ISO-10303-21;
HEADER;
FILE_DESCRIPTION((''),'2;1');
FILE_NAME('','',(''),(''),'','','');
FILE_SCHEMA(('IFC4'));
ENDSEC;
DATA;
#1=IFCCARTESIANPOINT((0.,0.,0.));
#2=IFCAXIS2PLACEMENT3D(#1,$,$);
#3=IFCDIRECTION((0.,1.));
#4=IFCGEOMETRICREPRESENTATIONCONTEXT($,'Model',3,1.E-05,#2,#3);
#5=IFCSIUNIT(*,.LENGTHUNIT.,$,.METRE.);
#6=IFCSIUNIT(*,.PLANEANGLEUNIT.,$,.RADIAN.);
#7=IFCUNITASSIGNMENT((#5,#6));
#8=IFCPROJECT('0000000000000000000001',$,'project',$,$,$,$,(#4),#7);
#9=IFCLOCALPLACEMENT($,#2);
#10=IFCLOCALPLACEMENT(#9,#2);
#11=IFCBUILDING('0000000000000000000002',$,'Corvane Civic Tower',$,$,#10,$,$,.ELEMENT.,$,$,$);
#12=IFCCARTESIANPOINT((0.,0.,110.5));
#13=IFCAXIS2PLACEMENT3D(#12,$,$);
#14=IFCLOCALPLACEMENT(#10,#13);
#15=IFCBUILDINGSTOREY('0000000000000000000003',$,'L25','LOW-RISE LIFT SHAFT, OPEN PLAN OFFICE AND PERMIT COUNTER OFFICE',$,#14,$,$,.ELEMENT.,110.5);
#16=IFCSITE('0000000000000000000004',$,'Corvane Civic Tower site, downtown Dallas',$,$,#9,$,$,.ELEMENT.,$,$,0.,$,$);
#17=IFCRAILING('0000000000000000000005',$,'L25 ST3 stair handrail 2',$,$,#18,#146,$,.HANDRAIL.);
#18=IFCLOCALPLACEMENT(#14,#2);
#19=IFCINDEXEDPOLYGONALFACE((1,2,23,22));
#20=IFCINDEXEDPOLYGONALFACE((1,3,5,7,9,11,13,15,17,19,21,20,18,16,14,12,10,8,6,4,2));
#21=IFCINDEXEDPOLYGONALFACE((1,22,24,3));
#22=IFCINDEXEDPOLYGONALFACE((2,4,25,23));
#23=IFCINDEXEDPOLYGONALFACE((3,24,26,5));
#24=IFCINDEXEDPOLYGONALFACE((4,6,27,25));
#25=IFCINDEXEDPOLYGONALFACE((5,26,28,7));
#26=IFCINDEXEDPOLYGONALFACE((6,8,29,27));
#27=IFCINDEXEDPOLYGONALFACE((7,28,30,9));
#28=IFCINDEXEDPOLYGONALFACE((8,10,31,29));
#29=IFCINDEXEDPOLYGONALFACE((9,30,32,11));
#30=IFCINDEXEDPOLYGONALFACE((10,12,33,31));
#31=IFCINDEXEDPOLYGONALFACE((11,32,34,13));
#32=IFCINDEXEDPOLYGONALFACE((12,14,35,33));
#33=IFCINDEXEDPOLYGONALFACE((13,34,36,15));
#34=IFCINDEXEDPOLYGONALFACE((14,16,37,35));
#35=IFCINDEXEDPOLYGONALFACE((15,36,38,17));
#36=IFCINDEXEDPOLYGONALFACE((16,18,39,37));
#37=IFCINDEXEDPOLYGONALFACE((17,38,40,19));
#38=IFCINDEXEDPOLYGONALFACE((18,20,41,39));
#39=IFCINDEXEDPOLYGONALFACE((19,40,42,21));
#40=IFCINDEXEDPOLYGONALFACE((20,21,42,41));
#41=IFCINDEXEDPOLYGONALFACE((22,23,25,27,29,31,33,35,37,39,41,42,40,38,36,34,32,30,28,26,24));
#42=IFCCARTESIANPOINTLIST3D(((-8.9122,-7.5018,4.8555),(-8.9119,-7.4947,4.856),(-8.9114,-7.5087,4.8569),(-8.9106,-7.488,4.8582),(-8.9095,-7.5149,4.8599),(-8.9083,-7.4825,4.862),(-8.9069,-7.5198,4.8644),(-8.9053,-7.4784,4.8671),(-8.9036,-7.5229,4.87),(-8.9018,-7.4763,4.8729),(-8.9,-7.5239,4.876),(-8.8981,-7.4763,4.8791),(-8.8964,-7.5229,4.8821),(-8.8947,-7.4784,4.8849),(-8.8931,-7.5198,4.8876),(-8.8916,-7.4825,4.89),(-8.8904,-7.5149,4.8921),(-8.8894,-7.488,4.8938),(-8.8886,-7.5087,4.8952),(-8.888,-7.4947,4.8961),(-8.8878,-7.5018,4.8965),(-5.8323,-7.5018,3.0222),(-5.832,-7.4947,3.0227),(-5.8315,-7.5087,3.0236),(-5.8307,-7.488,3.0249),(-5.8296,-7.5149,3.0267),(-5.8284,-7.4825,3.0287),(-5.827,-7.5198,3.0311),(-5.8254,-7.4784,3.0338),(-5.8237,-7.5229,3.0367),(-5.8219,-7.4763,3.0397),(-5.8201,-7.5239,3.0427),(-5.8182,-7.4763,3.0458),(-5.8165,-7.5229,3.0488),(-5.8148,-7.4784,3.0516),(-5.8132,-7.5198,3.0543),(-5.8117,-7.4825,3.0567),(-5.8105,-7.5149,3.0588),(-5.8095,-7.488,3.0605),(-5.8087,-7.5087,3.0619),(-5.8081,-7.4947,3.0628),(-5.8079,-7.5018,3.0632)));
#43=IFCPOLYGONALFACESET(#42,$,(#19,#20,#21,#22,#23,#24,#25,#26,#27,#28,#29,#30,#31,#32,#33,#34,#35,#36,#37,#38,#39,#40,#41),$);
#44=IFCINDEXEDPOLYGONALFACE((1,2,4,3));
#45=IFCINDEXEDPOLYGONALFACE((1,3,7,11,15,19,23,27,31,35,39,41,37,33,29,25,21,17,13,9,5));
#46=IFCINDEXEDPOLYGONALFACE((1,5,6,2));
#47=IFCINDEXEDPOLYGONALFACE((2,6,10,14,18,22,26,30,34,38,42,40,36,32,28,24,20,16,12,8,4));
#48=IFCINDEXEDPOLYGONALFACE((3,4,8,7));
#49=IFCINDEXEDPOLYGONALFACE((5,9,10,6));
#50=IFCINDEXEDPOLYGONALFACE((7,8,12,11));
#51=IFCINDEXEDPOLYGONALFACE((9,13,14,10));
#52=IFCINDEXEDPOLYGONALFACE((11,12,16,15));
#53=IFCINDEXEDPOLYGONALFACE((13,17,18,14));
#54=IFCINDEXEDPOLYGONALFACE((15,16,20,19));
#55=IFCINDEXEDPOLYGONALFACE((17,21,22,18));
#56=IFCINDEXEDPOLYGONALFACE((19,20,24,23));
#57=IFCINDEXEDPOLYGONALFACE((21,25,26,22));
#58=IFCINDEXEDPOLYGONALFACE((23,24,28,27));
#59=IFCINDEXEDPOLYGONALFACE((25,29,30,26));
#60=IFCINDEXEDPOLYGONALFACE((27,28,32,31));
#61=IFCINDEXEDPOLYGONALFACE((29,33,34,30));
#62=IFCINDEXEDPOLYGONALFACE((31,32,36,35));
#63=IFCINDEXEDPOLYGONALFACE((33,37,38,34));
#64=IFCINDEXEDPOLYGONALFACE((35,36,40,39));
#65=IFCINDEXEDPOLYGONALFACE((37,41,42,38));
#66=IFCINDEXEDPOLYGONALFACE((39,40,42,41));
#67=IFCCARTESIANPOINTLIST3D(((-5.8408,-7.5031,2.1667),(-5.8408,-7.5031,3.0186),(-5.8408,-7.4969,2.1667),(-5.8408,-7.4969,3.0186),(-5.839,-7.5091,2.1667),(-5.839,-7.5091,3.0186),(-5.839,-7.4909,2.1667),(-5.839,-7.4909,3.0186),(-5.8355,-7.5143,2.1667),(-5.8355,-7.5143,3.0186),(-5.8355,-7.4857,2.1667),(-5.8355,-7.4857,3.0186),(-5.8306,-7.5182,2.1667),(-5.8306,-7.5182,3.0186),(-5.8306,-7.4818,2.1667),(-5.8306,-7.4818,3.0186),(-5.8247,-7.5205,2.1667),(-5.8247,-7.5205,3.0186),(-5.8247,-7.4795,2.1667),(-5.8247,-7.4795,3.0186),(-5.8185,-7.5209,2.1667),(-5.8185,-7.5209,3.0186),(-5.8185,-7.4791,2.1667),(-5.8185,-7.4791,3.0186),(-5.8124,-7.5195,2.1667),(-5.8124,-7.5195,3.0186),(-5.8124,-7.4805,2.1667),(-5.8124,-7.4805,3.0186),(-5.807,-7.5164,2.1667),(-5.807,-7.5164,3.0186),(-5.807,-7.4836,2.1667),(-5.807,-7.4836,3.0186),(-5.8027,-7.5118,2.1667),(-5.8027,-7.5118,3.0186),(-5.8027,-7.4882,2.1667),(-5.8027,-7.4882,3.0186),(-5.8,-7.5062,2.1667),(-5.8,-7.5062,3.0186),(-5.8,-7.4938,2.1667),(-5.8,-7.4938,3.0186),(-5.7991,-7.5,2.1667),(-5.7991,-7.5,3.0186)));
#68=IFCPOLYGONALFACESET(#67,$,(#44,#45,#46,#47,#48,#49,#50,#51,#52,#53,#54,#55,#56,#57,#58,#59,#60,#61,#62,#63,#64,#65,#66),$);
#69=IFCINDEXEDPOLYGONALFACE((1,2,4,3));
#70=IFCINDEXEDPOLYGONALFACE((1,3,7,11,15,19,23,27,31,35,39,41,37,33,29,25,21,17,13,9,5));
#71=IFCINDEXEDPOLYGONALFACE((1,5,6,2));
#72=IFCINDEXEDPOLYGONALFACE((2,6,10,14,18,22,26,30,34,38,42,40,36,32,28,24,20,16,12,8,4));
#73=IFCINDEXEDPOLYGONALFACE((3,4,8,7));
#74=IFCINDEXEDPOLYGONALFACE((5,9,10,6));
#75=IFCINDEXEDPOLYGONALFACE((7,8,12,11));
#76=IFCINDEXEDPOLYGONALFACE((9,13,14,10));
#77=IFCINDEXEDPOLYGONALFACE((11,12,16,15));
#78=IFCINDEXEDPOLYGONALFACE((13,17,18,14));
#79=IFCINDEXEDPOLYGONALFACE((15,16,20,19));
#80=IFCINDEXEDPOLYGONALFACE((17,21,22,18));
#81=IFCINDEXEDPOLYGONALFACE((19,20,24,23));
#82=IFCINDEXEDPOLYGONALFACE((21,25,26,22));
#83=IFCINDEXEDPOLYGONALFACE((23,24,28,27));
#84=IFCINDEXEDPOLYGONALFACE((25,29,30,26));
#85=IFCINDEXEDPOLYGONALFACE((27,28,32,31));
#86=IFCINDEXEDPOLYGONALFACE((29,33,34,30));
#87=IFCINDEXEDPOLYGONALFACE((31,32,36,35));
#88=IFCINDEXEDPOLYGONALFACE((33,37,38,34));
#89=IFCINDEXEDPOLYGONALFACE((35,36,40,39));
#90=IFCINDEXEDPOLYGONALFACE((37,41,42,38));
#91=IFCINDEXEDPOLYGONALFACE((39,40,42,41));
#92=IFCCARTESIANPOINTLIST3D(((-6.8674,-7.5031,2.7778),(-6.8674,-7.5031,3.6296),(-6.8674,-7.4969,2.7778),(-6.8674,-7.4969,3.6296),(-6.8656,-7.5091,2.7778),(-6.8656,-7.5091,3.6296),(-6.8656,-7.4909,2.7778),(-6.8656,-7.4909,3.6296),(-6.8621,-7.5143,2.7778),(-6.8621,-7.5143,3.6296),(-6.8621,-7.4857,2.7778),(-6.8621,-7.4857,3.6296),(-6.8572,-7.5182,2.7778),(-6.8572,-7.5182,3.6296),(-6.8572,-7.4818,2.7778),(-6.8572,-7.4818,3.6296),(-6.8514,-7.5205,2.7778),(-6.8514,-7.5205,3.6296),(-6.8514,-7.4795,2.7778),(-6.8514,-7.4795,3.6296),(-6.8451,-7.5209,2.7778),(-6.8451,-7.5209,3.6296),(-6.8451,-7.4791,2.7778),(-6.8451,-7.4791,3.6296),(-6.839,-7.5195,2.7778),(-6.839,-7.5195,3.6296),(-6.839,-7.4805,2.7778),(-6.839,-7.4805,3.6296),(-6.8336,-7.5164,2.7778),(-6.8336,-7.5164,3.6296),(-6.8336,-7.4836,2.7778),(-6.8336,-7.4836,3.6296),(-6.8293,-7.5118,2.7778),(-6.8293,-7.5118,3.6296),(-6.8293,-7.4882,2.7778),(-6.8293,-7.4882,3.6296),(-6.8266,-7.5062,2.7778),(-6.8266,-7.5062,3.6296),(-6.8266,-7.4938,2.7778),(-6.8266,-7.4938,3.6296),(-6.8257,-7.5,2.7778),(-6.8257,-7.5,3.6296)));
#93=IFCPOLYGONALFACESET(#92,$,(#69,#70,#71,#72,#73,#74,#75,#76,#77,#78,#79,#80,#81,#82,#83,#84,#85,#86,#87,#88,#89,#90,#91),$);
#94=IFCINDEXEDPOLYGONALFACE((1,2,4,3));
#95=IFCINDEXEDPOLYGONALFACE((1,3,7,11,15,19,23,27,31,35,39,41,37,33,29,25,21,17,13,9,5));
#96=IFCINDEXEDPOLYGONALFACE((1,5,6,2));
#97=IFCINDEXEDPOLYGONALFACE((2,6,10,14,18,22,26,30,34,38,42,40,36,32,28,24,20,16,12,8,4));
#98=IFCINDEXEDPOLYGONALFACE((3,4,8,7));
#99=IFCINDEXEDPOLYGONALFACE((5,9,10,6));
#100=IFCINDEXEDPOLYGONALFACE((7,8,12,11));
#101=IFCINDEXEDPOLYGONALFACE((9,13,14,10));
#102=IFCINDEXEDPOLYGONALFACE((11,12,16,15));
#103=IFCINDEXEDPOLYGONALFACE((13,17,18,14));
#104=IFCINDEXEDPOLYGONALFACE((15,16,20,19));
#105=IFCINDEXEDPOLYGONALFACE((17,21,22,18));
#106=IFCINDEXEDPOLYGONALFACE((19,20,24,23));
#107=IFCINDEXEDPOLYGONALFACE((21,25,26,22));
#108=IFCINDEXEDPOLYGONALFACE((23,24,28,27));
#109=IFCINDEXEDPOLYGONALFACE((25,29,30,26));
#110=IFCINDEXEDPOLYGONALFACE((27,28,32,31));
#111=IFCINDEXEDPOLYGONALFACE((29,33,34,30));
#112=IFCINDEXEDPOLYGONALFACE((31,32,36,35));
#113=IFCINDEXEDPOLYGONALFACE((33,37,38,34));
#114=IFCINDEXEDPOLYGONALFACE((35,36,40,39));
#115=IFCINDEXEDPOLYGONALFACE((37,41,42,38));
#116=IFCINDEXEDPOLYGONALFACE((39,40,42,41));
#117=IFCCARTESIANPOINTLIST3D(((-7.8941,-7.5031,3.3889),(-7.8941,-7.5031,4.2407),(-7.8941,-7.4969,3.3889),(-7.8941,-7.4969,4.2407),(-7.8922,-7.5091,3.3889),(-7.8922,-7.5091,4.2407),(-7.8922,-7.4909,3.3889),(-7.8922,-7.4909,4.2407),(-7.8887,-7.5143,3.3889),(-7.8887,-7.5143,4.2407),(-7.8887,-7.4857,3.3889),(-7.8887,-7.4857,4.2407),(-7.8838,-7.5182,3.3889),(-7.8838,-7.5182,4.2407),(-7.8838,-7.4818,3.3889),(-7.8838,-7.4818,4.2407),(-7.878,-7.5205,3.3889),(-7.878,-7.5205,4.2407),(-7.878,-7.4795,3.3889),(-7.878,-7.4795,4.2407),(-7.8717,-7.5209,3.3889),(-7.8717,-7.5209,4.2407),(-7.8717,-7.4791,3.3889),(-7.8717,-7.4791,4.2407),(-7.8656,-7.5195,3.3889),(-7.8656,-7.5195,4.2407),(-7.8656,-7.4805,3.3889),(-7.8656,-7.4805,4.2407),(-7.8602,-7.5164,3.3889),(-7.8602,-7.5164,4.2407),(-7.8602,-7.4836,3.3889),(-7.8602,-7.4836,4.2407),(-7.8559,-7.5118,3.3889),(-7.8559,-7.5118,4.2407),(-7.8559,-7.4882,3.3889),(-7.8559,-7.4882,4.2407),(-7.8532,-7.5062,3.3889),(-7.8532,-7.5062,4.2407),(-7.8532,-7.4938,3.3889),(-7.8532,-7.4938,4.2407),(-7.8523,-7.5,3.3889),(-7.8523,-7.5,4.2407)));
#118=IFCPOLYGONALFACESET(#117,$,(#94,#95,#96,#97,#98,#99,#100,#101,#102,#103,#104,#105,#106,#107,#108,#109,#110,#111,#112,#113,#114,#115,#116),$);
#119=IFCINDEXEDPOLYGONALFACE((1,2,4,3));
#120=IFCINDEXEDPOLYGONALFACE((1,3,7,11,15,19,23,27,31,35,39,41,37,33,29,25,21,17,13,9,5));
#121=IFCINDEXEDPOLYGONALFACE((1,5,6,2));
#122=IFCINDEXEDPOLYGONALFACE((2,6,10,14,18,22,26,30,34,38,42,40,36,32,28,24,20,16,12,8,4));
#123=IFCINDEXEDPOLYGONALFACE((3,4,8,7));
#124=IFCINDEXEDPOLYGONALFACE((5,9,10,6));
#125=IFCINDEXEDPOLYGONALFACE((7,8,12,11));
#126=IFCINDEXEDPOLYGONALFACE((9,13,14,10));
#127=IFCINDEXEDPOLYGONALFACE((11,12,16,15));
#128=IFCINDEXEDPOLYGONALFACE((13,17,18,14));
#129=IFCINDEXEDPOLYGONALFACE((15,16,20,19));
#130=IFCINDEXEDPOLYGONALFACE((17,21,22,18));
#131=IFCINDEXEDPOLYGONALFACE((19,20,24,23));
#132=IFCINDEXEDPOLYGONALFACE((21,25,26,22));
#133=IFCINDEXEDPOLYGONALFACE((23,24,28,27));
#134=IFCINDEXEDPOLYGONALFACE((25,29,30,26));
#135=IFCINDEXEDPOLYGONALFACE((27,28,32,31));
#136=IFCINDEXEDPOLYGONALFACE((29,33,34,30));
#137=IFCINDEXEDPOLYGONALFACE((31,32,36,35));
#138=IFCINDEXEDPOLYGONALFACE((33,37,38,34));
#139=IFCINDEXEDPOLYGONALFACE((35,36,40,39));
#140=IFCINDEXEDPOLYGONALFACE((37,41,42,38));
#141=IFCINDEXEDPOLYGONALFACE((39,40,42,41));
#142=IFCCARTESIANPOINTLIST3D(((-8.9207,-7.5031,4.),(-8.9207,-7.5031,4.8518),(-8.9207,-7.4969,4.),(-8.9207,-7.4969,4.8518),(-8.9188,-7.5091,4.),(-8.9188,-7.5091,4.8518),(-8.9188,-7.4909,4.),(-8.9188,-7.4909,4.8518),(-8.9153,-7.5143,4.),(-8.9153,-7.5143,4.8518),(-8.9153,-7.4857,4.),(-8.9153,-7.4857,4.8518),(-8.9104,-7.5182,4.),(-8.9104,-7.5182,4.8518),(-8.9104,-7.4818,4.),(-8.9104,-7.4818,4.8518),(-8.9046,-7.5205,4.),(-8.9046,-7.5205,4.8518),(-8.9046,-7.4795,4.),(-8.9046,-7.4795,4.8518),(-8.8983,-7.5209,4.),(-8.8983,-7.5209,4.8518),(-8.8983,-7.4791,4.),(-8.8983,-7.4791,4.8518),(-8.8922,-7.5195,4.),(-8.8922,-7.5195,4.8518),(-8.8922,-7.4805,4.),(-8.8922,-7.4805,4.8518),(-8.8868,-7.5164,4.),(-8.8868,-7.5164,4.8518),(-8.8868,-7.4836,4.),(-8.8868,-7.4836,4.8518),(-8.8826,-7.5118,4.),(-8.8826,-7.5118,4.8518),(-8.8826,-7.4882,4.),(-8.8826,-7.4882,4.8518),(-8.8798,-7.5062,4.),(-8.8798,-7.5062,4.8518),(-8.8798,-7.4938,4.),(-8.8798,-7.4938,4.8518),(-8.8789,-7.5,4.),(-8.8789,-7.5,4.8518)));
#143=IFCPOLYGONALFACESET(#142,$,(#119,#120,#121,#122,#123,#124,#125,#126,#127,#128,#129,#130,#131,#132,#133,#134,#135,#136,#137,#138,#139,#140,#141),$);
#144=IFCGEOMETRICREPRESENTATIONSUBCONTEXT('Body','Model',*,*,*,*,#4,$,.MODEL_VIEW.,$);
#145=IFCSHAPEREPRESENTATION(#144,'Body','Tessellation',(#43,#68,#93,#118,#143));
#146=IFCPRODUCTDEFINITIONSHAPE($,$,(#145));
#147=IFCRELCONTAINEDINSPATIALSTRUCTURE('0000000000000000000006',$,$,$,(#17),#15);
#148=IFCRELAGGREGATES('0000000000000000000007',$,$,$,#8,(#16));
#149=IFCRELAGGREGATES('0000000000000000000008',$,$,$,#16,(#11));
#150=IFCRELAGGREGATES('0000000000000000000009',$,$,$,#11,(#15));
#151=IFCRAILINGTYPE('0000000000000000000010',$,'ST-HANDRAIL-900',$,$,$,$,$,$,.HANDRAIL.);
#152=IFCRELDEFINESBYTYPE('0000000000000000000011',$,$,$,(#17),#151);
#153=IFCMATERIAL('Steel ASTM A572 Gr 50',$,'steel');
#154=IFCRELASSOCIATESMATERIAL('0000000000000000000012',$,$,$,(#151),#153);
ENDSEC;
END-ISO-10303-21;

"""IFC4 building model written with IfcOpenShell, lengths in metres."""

from ifc_helpers import new_model, si_unit, direction, frame, origin, origin_2d, place, context, subcontext, project, spatial, circle, extrude, material, type_object, element, save


model = new_model("IFC4")

# Units and contexts
model_context = context("Model", 3, precision=1e-05, world=origin(), true_north=direction((0.0, 1.0)))
body_context = subcontext(model_context, "Body", "Model", "MODEL_VIEW")
ifc_project = project(units=[si_unit("LENGTHUNIT", "METRE"), si_unit("PLANEANGLEUNIT", "RADIAN")], contexts=[model_context])

# Site, building, storey
site_placement = place(None, origin())
site = spatial("IfcSite", under=ifc_project, at=site_placement, Name="Corvane Civic Tower site, downtown Dallas", CompositionType="ELEMENT", RefElevation=0.0)
building_placement = place(site_placement, origin())
building = spatial("IfcBuilding", under=site, at=building_placement, Name="Corvane Civic Tower", CompositionType="ELEMENT")
storey_placement = place(building_placement, frame((0.0, 0.0, 110.5)))
storey = spatial("IfcBuildingStorey", under=building, at=storey_placement, Name="L25", Description="LOW-RISE LIFT SHAFT, OPEN PLAN OFFICE AND PERMIT COUNTER OFFICE", CompositionType="ELEMENT", Elevation=110.5)

# Railing
ifc_material_1 = material(Name="Steel ASTM A572 Gr 50", Category="steel")
railing_type = type_object("IfcRailingType", Name="ST-HANDRAIL-900", PredefinedType="HANDRAIL", material=ifc_material_1)
railing_placement = place(storey_placement, frame((-5.8201, -7.5, 2.1667)))
element("IfcRailing", 1, at=railing_placement, inside=storey, type_object=railing_type, Name="L25 ST3 stair handrail 2", PredefinedType="HANDRAIL", context=body_context, shape_type="SweptSolid", body=[
    extrude(circle(Radius=0.0239, at=origin_2d()), frame((0.0, 0.0, 0.876), z_axis=(-0.859291, 0.0, 0.511487), x_axis=(0.0, -1.0, 0.0)), (0.0, 0.0, 1.0), 3.5842),
    extrude(circle(Radius=0.021, at=origin_2d()), origin(), (0.0, 0.0, 1.0), 0.8518),
    extrude(circle(Radius=0.021, at=origin_2d()), frame((-1.0266, 0.0, 0.6111)), (0.0, 0.0, 1.0), 0.8518),
    extrude(circle(Radius=0.021, at=origin_2d()), frame((-2.0532, 0.0, 1.2222)), (0.0, 0.0, 1.0), 0.8518),
    extrude(circle(Radius=0.021, at=origin_2d()), frame((-3.0798, 0.0, 1.8333)), (0.0, 0.0, 1.0), 0.8518),
])

save(model, "model.ifc")
